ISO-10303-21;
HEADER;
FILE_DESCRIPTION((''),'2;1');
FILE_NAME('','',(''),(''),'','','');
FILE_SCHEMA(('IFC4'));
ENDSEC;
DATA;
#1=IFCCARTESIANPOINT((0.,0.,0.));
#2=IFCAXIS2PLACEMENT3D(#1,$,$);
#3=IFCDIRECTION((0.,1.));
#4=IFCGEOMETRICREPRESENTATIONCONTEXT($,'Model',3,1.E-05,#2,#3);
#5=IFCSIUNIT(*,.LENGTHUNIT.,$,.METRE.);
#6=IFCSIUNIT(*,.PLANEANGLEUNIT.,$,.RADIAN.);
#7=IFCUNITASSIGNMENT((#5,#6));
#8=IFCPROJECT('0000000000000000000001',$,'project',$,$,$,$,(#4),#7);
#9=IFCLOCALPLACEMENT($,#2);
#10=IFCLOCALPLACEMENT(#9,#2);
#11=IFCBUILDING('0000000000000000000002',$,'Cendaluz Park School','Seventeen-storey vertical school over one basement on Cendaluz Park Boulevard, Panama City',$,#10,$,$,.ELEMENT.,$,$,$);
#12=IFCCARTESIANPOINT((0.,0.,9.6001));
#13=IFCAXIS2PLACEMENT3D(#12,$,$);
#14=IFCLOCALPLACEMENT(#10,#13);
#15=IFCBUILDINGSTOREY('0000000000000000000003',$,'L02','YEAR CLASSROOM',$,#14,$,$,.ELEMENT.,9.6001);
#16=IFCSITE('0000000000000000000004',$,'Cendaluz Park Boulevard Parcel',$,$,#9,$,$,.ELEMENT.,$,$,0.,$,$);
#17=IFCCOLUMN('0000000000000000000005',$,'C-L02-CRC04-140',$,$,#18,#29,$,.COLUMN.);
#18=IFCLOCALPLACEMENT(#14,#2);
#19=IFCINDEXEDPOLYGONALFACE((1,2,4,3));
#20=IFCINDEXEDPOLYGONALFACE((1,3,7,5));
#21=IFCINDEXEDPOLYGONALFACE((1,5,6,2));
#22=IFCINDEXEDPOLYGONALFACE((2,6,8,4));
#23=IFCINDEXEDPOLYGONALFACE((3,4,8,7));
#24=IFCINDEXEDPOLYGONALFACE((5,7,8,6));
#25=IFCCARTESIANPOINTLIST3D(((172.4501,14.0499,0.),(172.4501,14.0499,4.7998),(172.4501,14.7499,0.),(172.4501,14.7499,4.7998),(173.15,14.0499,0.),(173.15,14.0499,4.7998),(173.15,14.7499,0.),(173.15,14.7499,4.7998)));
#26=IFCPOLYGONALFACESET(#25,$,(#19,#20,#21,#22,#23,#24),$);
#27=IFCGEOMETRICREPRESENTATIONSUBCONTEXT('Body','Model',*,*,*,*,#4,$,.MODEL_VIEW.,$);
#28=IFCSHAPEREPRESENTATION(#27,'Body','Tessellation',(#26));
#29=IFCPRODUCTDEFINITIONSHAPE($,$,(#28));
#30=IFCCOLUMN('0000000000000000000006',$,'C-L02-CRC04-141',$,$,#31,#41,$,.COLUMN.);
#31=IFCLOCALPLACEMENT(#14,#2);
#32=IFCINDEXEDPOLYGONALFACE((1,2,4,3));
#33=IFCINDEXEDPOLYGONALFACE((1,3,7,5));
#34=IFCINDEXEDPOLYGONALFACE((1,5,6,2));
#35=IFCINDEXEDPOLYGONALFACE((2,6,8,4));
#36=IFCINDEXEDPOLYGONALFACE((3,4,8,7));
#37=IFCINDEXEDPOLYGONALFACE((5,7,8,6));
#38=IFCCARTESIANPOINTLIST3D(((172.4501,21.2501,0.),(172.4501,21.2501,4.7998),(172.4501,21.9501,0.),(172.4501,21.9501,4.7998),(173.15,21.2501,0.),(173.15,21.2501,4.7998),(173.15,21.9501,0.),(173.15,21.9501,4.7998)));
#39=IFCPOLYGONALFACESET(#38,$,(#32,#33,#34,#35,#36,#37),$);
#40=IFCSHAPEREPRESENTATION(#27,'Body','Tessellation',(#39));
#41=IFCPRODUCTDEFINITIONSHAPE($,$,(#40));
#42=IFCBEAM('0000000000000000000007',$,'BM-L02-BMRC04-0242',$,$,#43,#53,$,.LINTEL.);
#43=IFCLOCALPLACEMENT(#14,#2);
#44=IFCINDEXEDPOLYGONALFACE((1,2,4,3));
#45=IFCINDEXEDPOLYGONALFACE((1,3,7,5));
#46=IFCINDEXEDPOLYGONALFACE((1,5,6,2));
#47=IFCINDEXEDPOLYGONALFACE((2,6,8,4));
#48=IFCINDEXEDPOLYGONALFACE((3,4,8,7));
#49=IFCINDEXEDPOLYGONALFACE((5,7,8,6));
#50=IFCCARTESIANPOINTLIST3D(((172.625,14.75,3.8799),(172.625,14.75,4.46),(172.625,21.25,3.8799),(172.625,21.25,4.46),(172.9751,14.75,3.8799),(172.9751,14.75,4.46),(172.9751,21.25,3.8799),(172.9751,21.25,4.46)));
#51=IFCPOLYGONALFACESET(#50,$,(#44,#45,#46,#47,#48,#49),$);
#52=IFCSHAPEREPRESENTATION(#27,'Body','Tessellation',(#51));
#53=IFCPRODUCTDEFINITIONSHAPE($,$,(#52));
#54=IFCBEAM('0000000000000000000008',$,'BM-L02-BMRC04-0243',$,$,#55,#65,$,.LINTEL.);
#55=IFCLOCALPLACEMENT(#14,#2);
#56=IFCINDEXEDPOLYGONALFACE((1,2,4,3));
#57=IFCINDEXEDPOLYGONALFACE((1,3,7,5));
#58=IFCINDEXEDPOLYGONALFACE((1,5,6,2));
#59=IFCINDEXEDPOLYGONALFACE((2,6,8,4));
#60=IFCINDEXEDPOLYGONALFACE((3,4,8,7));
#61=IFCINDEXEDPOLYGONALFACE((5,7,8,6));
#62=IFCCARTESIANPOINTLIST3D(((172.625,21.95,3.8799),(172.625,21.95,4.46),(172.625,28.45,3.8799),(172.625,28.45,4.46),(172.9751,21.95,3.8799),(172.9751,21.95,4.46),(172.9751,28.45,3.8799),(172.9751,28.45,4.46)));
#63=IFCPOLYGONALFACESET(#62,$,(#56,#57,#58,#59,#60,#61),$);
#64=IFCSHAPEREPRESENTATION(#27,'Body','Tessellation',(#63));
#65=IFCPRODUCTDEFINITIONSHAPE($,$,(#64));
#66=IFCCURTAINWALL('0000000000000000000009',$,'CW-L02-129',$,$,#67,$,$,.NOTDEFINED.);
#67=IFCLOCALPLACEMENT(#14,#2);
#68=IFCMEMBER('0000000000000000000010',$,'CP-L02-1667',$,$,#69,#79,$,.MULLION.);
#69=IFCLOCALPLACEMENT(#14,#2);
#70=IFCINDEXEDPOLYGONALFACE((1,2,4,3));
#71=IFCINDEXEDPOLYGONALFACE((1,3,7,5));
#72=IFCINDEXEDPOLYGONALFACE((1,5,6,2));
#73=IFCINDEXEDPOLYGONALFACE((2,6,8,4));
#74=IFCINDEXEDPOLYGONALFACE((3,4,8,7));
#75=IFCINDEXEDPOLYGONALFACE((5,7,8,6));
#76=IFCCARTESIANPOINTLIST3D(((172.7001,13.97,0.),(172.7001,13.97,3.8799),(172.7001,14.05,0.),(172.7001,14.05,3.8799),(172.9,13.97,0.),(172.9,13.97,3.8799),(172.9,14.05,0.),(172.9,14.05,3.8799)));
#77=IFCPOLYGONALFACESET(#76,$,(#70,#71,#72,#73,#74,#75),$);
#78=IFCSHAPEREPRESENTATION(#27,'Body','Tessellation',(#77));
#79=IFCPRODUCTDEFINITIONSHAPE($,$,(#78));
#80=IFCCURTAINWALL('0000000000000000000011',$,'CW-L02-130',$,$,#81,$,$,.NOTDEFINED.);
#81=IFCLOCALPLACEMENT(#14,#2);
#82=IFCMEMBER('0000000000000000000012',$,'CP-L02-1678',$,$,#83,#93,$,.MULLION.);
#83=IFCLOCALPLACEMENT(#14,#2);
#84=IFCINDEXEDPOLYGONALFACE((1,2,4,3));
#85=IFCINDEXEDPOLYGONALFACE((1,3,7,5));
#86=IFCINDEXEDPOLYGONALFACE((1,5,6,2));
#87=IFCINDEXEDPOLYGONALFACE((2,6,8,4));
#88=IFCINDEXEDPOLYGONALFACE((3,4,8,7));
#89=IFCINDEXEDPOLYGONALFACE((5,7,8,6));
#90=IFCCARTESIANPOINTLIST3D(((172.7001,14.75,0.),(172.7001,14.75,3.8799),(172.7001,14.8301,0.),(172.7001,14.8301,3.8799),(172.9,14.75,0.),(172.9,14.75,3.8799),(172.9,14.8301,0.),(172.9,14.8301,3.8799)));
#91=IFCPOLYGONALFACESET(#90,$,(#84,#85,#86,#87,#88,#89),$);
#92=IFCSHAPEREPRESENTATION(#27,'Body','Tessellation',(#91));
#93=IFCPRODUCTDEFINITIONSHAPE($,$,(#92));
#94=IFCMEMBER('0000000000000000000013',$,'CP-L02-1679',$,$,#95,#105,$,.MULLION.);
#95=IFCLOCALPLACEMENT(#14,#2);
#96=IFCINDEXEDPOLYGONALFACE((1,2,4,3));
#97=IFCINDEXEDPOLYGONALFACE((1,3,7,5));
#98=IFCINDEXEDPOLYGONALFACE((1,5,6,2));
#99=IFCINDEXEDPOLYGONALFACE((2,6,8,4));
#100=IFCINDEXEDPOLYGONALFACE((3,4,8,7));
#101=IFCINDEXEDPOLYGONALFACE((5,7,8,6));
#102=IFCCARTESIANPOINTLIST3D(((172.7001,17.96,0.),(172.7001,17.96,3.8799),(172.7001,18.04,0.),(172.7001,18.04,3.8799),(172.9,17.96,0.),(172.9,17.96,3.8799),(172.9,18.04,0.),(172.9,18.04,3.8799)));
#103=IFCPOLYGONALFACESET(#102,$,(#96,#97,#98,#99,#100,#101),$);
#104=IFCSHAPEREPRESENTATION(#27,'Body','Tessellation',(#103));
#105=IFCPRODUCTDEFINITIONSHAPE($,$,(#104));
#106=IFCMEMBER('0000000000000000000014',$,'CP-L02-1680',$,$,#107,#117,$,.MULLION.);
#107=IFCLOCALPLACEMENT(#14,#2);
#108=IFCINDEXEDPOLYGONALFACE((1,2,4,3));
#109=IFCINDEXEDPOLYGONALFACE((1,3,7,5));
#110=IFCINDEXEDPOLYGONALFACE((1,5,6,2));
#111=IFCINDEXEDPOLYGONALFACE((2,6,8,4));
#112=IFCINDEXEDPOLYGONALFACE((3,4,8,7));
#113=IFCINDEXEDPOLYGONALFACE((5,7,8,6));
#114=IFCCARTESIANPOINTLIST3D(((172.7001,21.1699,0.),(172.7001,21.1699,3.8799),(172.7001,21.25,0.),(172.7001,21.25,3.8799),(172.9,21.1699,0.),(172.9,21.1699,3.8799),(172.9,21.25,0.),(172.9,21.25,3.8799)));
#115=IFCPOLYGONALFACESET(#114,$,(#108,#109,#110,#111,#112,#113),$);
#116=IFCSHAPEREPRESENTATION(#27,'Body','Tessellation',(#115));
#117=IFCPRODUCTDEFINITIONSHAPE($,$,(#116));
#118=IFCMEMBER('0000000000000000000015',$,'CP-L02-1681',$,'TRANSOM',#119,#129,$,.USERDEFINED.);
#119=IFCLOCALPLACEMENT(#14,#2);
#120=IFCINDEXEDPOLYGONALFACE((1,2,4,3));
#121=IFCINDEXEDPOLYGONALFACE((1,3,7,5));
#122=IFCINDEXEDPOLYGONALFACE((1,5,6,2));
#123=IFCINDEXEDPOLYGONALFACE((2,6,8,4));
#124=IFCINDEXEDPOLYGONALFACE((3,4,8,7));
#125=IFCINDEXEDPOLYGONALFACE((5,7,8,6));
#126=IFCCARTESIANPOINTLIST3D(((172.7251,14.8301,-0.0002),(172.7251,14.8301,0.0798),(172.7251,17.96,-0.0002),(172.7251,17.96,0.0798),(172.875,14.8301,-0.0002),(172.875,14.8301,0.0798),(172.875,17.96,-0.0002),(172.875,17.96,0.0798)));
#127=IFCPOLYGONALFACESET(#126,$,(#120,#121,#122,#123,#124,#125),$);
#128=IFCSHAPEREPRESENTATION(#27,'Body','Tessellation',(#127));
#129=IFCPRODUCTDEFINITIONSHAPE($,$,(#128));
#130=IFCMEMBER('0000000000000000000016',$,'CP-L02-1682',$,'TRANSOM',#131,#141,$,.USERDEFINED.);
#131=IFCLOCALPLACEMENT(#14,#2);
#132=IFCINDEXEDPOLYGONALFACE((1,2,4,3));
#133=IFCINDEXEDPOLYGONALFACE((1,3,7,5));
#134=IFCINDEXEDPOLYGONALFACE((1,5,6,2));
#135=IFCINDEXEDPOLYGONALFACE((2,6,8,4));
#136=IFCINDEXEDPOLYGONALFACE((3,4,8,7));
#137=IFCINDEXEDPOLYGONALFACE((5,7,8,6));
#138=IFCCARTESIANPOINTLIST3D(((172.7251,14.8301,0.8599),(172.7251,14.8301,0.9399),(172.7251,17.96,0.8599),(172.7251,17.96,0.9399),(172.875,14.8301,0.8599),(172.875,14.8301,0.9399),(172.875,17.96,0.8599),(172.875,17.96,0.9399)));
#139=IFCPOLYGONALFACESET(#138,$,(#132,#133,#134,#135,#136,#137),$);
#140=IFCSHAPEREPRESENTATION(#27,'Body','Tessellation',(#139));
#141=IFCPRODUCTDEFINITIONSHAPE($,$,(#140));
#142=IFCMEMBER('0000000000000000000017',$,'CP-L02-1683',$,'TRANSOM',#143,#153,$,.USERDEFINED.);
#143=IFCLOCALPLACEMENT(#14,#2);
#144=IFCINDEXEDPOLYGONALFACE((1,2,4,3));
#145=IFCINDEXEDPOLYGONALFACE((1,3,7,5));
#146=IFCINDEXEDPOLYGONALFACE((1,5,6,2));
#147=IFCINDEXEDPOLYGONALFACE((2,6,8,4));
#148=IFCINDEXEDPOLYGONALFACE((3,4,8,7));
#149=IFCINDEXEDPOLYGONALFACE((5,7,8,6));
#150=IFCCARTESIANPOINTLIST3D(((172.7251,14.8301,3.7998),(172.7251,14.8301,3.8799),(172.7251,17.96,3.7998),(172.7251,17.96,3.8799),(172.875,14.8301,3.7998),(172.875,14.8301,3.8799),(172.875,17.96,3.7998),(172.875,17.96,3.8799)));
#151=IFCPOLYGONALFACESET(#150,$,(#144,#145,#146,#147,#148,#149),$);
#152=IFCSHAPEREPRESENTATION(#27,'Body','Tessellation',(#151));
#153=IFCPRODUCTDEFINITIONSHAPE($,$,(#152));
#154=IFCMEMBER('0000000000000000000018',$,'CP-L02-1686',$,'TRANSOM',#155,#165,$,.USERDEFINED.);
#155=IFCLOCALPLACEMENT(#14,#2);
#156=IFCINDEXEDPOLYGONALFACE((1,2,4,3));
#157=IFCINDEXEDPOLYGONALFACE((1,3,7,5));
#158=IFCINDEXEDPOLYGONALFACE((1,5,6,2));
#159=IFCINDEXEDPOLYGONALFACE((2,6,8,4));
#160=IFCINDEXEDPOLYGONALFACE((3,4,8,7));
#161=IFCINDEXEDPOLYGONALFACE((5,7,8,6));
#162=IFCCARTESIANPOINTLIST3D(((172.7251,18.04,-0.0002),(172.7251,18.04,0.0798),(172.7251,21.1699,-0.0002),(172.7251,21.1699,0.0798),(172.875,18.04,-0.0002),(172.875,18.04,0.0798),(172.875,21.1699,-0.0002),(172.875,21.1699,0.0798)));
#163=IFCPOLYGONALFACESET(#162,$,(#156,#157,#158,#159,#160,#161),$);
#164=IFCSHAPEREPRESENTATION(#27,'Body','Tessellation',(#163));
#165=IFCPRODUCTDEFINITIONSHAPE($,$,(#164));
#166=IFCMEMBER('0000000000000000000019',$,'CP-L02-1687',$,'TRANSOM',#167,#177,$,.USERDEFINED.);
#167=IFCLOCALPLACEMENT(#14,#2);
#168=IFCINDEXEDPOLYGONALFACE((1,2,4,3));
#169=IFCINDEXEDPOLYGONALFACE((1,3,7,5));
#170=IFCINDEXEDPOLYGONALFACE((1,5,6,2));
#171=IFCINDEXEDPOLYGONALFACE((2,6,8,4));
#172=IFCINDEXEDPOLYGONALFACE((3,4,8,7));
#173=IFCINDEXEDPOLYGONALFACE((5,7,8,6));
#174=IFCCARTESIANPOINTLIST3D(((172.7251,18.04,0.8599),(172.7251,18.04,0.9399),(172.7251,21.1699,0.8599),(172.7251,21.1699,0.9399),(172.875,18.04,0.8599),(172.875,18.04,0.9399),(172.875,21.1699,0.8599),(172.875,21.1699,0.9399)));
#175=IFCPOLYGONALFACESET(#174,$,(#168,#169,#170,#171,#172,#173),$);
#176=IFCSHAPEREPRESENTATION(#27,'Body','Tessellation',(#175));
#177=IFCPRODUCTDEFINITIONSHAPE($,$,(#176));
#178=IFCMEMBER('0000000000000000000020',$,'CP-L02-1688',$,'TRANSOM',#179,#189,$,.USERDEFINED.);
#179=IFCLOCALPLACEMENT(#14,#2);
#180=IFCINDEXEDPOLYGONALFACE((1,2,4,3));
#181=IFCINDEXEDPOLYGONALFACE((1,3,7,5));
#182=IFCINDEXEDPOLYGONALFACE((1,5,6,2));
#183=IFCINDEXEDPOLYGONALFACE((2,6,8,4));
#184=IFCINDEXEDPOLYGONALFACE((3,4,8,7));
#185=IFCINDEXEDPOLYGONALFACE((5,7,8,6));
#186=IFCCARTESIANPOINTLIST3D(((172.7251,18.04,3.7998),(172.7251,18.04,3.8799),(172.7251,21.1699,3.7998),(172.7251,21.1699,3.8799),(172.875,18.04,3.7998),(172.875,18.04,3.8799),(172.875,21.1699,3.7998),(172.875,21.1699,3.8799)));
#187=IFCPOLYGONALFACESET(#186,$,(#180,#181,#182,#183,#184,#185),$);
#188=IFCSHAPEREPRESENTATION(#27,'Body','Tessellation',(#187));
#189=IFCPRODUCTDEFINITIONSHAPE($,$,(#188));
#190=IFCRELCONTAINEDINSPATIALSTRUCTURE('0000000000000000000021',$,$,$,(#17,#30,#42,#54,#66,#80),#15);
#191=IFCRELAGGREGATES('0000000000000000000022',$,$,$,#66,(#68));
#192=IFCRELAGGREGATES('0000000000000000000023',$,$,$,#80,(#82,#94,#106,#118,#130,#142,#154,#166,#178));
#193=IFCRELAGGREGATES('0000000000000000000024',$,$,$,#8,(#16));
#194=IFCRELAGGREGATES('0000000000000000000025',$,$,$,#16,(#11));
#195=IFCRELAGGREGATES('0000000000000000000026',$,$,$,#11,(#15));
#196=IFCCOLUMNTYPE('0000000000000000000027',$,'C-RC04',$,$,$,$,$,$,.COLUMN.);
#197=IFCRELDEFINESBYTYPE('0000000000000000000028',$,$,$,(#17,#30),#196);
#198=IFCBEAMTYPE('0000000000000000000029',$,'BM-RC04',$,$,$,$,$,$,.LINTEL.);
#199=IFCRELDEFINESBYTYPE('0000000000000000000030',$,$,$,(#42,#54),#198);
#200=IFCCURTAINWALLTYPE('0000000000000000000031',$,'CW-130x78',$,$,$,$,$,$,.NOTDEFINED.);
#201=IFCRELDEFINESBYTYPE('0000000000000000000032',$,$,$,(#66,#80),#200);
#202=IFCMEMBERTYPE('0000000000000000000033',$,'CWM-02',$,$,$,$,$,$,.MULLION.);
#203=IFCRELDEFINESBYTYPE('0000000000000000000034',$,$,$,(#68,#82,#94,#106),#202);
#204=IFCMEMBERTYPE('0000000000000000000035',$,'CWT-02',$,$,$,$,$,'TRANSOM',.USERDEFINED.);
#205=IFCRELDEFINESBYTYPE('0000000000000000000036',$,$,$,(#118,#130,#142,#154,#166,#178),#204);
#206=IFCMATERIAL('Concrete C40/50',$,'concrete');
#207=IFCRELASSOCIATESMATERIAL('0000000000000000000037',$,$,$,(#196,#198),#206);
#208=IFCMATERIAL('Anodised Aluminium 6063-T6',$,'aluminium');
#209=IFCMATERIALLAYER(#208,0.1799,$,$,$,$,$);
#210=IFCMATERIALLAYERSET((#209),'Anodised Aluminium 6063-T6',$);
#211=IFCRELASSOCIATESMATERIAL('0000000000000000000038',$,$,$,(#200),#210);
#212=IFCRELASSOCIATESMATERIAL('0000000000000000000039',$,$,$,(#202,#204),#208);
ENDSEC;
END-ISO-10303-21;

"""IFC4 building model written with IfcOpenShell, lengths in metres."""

from ifc_helpers import new_model, si_unit, direction, frame, origin, origin_2d, place, context, subcontext, project, spatial, rectangle, extrude, material, layer, layer_set, material_profile, profile_set, type_object, element, aggregate, save


model = new_model("IFC4")

# Units and contexts
model_context = context("Model", 3, precision=1e-05, world=origin(), true_north=direction((0.0, 1.0)))
body_context = subcontext(model_context, "Body", "Model", "MODEL_VIEW")
ifc_project = project(units=[si_unit("LENGTHUNIT", "METRE"), si_unit("PLANEANGLEUNIT", "RADIAN")], contexts=[model_context])

# Site, building, storey
site_placement = place(None, origin())
site = spatial("IfcSite", under=ifc_project, at=site_placement, Name="Cendaluz Park Boulevard Parcel", CompositionType="ELEMENT", RefElevation=0.0)
building_placement = place(site_placement, origin())
building = spatial("IfcBuilding", under=site, at=building_placement, Name="Cendaluz Park School", Description="Seventeen-storey vertical school over one basement on Cendaluz Park Boulevard, Panama City", CompositionType="ELEMENT")
storey_placement = place(building_placement, frame((0.0, 0.0, 9.6001)))
storey = spatial("IfcBuildingStorey", under=building, at=storey_placement, Name="L02", Description="YEAR CLASSROOM", CompositionType="ELEMENT", Elevation=9.6001)

# Columns
ifc_material_1 = material(Name="Concrete C40/50", Category="concrete")
ifc_material_profile_1 = material_profile(ifc_material_1, rectangle(XDim=0.7, YDim=0.7, at=origin_2d()), Name="RC 700x700", Category="concrete")
ifc_profile_set_1 = profile_set([ifc_material_profile_1], Name="Concrete C40/50")
column_type = type_object("IfcColumnType", Name="C-RC04", PredefinedType="COLUMN", material=ifc_profile_set_1)
for number, where, z_axis, x_axis, name in (
    (1, (172.8, 14.3999, 0.0), (0.0, 0.0, 1.0), (1.0, 0.0, 0.0), "C-L02-CRC04-140"),
    (2, (172.8, 21.6001, 0.0), (0.0, 0.0, 1.0), (1.0, 0.0, 0.0), "C-L02-CRC04-141"),
):
    element("IfcColumn", number, at=place(storey_placement, frame(where, z_axis=z_axis, x_axis=x_axis)), inside=storey, type_object=column_type, Name=name, PredefinedType="COLUMN", context=body_context, shape_type="SweptSolid", body=[
        extrude(rectangle(XDim=0.7, YDim=0.7, at=origin_2d()), origin(), (0.0, 0.0, 1.0), 4.7998),
    ])

# Beams
ifc_material_profile_2 = material_profile(ifc_material_1, rectangle(XDim=0.3501, YDim=0.5801, at=origin_2d()), Name="RC 350x580", Category="concrete")
ifc_profile_set_2 = profile_set([ifc_material_profile_2], Name="Concrete C40/50")
beam_type = type_object("IfcBeamType", Name="BM-RC04", PredefinedType="LINTEL", material=ifc_profile_set_2)
for number, where, z_axis, x_axis, name in (
    (3, (172.8, 14.75, 4.1699), (0.0, 1.0, 0.0), (-1.0, 0.0, 0.0), "BM-L02-BMRC04-0242"),
    (4, (172.8, 21.95, 4.1699), (0.0, 1.0, 0.0), (-1.0, 0.0, 0.0), "BM-L02-BMRC04-0243"),
):
    element("IfcBeam", number, at=place(storey_placement, frame(where, z_axis=z_axis, x_axis=x_axis)), inside=storey, type_object=beam_type, Name=name, PredefinedType="LINTEL", context=body_context, shape_type="SweptSolid", body=[
        extrude(rectangle(XDim=0.3501, YDim=0.5801, at=origin_2d()), origin(), (0.0, 0.0, 1.0), 6.5),
    ])

# Curtain wall, member
ifc_material_2 = material(Name="Anodised Aluminium 6063-T6", Category="aluminium")
ifc_layer_1 = layer(ifc_material_2, 0.1799)
ifc_layer_set_1 = layer_set([ifc_layer_1], Name="Anodised Aluminium 6063-T6")
curtain_wall_type = type_object("IfcCurtainWallType", Name="CW-130x78", PredefinedType="NOTDEFINED", material=ifc_layer_set_1)
curtain_wall_1_placement = place(storey_placement, origin())
curtain_wall_1 = element("IfcCurtainWall", 5, at=curtain_wall_1_placement, inside=storey, type_object=curtain_wall_type, Name="CW-L02-129", PredefinedType="NOTDEFINED")
ifc_material_profile_3 = material_profile(ifc_material_2, rectangle(XDim=0.2, YDim=0.0801, at=origin_2d()), Name="CWM 200x80", Category="aluminium")
ifc_profile_set_3 = profile_set([ifc_material_profile_3], Name="Anodised Aluminium 6063-T6")
member_type_1 = type_object("IfcMemberType", Name="CWM-02", PredefinedType="MULLION", material=ifc_profile_set_3)
member_1_placement = place(storey_placement, frame((172.8, 14.01, 0.0), z_axis=(0.0, 0.0, 1.0), x_axis=(-1.0, 0.0, 0.0)))
member_1 = element("IfcMember", 6, at=member_1_placement, type_object=member_type_1, Name="CP-L02-1667", PredefinedType="MULLION", context=body_context, shape_type="SweptSolid", body=[
    extrude(rectangle(XDim=0.2, YDim=0.0801, at=origin_2d()), origin(), (0.0, 0.0, 1.0), 3.8799),
])

# Curtain wall, members
curtain_wall_2_placement = place(storey_placement, origin())
curtain_wall_2 = element("IfcCurtainWall", 7, at=curtain_wall_2_placement, inside=storey, type_object=curtain_wall_type, Name="CW-L02-130", PredefinedType="NOTDEFINED")
member_2_placement = place(storey_placement, frame((172.8, 14.79, 0.0), z_axis=(0.0, 0.0, 1.0), x_axis=(-1.0, 0.0, 0.0)))
member_2 = element("IfcMember", 8, at=member_2_placement, type_object=member_type_1, Name="CP-L02-1678", PredefinedType="MULLION", context=body_context, shape_type="SweptSolid", body=[
    extrude(rectangle(XDim=0.2, YDim=0.0801, at=origin_2d()), origin(), (0.0, 0.0, 1.0), 3.8799),
])
member_3_placement = place(storey_placement, frame((172.8, 18.0, 0.0), z_axis=(0.0, 0.0, 1.0), x_axis=(-1.0, 0.0, 0.0)))
member_3 = element("IfcMember", 9, at=member_3_placement, type_object=member_type_1, Name="CP-L02-1679", PredefinedType="MULLION", context=body_context, shape_type="SweptSolid", body=[
    extrude(rectangle(XDim=0.2, YDim=0.0801, at=origin_2d()), origin(), (0.0, 0.0, 1.0), 3.8799),
])
member_4_placement = place(storey_placement, frame((172.8, 21.21, 0.0), z_axis=(0.0, 0.0, 1.0), x_axis=(-1.0, 0.0, 0.0)))
member_4 = element("IfcMember", 10, at=member_4_placement, type_object=member_type_1, Name="CP-L02-1680", PredefinedType="MULLION", context=body_context, shape_type="SweptSolid", body=[
    extrude(rectangle(XDim=0.2, YDim=0.0801, at=origin_2d()), origin(), (0.0, 0.0, 1.0), 3.8799),
])
ifc_material_profile_4 = material_profile(ifc_material_2, rectangle(XDim=0.1499, YDim=0.0801, at=origin_2d()), Name="CWT 150x80", Category="aluminium")
ifc_profile_set_4 = profile_set([ifc_material_profile_4], Name="Anodised Aluminium 6063-T6")
member_type_2 = type_object("IfcMemberType", Name="CWT-02", ElementType="TRANSOM", PredefinedType="USERDEFINED", material=ifc_profile_set_4)
member_5_placement = place(storey_placement, frame((172.8, 14.8301, 0.0398), z_axis=(0.0, 1.0, 0.0), x_axis=(-1.0, 0.0, 0.0)))
member_5 = element("IfcMember", 11, at=member_5_placement, type_object=member_type_2, Name="CP-L02-1681", ObjectType="TRANSOM", PredefinedType="USERDEFINED", context=body_context, shape_type="SweptSolid", body=[
    extrude(rectangle(XDim=0.1499, YDim=0.0801, at=origin_2d()), origin(), (0.0, 0.0, 1.0), 3.1299),
])
member_6_placement = place(storey_placement, frame((172.8, 14.8301, 0.8999), z_axis=(0.0, 1.0, 0.0), x_axis=(-1.0, 0.0, 0.0)))
member_6 = element("IfcMember", 12, at=member_6_placement, type_object=member_type_2, Name="CP-L02-1682", ObjectType="TRANSOM", PredefinedType="USERDEFINED", context=body_context, shape_type="SweptSolid", body=[
    extrude(rectangle(XDim=0.1499, YDim=0.0801, at=origin_2d()), origin(), (0.0, 0.0, 1.0), 3.1299),
])
member_7_placement = place(storey_placement, frame((172.8, 14.8301, 3.8398), z_axis=(0.0, 1.0, 0.0), x_axis=(-1.0, 0.0, 0.0)))
member_7 = element("IfcMember", 13, at=member_7_placement, type_object=member_type_2, Name="CP-L02-1683", ObjectType="TRANSOM", PredefinedType="USERDEFINED", context=body_context, shape_type="SweptSolid", body=[
    extrude(rectangle(XDim=0.1499, YDim=0.0801, at=origin_2d()), origin(), (0.0, 0.0, 1.0), 3.1299),
])
member_8_placement = place(storey_placement, frame((172.8, 18.04, 0.0398), z_axis=(0.0, 1.0, 0.0), x_axis=(-1.0, 0.0, 0.0)))
member_8 = element("IfcMember", 14, at=member_8_placement, type_object=member_type_2, Name="CP-L02-1686", ObjectType="TRANSOM", PredefinedType="USERDEFINED", context=body_context, shape_type="SweptSolid", body=[
    extrude(rectangle(XDim=0.1499, YDim=0.0801, at=origin_2d()), origin(), (0.0, 0.0, 1.0), 3.1299),
])
member_9_placement = place(storey_placement, frame((172.8, 18.04, 0.8999), z_axis=(0.0, 1.0, 0.0), x_axis=(-1.0, 0.0, 0.0)))
member_9 = element("IfcMember", 15, at=member_9_placement, type_object=member_type_2, Name="CP-L02-1687", ObjectType="TRANSOM", PredefinedType="USERDEFINED", context=body_context, shape_type="SweptSolid", body=[
    extrude(rectangle(XDim=0.1499, YDim=0.0801, at=origin_2d()), origin(), (0.0, 0.0, 1.0), 3.1299),
])
member_10_placement = place(storey_placement, frame((172.8, 18.04, 3.8398), z_axis=(0.0, 1.0, 0.0), x_axis=(-1.0, 0.0, 0.0)))
member_10 = element("IfcMember", 16, at=member_10_placement, type_object=member_type_2, Name="CP-L02-1688", ObjectType="TRANSOM", PredefinedType="USERDEFINED", context=body_context, shape_type="SweptSolid", body=[
    extrude(rectangle(XDim=0.1499, YDim=0.0801, at=origin_2d()), origin(), (0.0, 0.0, 1.0), 3.1299),
])

aggregate(curtain_wall_1, [member_1])
aggregate(curtain_wall_2, [member_2, member_3, member_4, member_5, member_6, member_7, member_8, member_9, member_10])

save(model, "model.ifc")
